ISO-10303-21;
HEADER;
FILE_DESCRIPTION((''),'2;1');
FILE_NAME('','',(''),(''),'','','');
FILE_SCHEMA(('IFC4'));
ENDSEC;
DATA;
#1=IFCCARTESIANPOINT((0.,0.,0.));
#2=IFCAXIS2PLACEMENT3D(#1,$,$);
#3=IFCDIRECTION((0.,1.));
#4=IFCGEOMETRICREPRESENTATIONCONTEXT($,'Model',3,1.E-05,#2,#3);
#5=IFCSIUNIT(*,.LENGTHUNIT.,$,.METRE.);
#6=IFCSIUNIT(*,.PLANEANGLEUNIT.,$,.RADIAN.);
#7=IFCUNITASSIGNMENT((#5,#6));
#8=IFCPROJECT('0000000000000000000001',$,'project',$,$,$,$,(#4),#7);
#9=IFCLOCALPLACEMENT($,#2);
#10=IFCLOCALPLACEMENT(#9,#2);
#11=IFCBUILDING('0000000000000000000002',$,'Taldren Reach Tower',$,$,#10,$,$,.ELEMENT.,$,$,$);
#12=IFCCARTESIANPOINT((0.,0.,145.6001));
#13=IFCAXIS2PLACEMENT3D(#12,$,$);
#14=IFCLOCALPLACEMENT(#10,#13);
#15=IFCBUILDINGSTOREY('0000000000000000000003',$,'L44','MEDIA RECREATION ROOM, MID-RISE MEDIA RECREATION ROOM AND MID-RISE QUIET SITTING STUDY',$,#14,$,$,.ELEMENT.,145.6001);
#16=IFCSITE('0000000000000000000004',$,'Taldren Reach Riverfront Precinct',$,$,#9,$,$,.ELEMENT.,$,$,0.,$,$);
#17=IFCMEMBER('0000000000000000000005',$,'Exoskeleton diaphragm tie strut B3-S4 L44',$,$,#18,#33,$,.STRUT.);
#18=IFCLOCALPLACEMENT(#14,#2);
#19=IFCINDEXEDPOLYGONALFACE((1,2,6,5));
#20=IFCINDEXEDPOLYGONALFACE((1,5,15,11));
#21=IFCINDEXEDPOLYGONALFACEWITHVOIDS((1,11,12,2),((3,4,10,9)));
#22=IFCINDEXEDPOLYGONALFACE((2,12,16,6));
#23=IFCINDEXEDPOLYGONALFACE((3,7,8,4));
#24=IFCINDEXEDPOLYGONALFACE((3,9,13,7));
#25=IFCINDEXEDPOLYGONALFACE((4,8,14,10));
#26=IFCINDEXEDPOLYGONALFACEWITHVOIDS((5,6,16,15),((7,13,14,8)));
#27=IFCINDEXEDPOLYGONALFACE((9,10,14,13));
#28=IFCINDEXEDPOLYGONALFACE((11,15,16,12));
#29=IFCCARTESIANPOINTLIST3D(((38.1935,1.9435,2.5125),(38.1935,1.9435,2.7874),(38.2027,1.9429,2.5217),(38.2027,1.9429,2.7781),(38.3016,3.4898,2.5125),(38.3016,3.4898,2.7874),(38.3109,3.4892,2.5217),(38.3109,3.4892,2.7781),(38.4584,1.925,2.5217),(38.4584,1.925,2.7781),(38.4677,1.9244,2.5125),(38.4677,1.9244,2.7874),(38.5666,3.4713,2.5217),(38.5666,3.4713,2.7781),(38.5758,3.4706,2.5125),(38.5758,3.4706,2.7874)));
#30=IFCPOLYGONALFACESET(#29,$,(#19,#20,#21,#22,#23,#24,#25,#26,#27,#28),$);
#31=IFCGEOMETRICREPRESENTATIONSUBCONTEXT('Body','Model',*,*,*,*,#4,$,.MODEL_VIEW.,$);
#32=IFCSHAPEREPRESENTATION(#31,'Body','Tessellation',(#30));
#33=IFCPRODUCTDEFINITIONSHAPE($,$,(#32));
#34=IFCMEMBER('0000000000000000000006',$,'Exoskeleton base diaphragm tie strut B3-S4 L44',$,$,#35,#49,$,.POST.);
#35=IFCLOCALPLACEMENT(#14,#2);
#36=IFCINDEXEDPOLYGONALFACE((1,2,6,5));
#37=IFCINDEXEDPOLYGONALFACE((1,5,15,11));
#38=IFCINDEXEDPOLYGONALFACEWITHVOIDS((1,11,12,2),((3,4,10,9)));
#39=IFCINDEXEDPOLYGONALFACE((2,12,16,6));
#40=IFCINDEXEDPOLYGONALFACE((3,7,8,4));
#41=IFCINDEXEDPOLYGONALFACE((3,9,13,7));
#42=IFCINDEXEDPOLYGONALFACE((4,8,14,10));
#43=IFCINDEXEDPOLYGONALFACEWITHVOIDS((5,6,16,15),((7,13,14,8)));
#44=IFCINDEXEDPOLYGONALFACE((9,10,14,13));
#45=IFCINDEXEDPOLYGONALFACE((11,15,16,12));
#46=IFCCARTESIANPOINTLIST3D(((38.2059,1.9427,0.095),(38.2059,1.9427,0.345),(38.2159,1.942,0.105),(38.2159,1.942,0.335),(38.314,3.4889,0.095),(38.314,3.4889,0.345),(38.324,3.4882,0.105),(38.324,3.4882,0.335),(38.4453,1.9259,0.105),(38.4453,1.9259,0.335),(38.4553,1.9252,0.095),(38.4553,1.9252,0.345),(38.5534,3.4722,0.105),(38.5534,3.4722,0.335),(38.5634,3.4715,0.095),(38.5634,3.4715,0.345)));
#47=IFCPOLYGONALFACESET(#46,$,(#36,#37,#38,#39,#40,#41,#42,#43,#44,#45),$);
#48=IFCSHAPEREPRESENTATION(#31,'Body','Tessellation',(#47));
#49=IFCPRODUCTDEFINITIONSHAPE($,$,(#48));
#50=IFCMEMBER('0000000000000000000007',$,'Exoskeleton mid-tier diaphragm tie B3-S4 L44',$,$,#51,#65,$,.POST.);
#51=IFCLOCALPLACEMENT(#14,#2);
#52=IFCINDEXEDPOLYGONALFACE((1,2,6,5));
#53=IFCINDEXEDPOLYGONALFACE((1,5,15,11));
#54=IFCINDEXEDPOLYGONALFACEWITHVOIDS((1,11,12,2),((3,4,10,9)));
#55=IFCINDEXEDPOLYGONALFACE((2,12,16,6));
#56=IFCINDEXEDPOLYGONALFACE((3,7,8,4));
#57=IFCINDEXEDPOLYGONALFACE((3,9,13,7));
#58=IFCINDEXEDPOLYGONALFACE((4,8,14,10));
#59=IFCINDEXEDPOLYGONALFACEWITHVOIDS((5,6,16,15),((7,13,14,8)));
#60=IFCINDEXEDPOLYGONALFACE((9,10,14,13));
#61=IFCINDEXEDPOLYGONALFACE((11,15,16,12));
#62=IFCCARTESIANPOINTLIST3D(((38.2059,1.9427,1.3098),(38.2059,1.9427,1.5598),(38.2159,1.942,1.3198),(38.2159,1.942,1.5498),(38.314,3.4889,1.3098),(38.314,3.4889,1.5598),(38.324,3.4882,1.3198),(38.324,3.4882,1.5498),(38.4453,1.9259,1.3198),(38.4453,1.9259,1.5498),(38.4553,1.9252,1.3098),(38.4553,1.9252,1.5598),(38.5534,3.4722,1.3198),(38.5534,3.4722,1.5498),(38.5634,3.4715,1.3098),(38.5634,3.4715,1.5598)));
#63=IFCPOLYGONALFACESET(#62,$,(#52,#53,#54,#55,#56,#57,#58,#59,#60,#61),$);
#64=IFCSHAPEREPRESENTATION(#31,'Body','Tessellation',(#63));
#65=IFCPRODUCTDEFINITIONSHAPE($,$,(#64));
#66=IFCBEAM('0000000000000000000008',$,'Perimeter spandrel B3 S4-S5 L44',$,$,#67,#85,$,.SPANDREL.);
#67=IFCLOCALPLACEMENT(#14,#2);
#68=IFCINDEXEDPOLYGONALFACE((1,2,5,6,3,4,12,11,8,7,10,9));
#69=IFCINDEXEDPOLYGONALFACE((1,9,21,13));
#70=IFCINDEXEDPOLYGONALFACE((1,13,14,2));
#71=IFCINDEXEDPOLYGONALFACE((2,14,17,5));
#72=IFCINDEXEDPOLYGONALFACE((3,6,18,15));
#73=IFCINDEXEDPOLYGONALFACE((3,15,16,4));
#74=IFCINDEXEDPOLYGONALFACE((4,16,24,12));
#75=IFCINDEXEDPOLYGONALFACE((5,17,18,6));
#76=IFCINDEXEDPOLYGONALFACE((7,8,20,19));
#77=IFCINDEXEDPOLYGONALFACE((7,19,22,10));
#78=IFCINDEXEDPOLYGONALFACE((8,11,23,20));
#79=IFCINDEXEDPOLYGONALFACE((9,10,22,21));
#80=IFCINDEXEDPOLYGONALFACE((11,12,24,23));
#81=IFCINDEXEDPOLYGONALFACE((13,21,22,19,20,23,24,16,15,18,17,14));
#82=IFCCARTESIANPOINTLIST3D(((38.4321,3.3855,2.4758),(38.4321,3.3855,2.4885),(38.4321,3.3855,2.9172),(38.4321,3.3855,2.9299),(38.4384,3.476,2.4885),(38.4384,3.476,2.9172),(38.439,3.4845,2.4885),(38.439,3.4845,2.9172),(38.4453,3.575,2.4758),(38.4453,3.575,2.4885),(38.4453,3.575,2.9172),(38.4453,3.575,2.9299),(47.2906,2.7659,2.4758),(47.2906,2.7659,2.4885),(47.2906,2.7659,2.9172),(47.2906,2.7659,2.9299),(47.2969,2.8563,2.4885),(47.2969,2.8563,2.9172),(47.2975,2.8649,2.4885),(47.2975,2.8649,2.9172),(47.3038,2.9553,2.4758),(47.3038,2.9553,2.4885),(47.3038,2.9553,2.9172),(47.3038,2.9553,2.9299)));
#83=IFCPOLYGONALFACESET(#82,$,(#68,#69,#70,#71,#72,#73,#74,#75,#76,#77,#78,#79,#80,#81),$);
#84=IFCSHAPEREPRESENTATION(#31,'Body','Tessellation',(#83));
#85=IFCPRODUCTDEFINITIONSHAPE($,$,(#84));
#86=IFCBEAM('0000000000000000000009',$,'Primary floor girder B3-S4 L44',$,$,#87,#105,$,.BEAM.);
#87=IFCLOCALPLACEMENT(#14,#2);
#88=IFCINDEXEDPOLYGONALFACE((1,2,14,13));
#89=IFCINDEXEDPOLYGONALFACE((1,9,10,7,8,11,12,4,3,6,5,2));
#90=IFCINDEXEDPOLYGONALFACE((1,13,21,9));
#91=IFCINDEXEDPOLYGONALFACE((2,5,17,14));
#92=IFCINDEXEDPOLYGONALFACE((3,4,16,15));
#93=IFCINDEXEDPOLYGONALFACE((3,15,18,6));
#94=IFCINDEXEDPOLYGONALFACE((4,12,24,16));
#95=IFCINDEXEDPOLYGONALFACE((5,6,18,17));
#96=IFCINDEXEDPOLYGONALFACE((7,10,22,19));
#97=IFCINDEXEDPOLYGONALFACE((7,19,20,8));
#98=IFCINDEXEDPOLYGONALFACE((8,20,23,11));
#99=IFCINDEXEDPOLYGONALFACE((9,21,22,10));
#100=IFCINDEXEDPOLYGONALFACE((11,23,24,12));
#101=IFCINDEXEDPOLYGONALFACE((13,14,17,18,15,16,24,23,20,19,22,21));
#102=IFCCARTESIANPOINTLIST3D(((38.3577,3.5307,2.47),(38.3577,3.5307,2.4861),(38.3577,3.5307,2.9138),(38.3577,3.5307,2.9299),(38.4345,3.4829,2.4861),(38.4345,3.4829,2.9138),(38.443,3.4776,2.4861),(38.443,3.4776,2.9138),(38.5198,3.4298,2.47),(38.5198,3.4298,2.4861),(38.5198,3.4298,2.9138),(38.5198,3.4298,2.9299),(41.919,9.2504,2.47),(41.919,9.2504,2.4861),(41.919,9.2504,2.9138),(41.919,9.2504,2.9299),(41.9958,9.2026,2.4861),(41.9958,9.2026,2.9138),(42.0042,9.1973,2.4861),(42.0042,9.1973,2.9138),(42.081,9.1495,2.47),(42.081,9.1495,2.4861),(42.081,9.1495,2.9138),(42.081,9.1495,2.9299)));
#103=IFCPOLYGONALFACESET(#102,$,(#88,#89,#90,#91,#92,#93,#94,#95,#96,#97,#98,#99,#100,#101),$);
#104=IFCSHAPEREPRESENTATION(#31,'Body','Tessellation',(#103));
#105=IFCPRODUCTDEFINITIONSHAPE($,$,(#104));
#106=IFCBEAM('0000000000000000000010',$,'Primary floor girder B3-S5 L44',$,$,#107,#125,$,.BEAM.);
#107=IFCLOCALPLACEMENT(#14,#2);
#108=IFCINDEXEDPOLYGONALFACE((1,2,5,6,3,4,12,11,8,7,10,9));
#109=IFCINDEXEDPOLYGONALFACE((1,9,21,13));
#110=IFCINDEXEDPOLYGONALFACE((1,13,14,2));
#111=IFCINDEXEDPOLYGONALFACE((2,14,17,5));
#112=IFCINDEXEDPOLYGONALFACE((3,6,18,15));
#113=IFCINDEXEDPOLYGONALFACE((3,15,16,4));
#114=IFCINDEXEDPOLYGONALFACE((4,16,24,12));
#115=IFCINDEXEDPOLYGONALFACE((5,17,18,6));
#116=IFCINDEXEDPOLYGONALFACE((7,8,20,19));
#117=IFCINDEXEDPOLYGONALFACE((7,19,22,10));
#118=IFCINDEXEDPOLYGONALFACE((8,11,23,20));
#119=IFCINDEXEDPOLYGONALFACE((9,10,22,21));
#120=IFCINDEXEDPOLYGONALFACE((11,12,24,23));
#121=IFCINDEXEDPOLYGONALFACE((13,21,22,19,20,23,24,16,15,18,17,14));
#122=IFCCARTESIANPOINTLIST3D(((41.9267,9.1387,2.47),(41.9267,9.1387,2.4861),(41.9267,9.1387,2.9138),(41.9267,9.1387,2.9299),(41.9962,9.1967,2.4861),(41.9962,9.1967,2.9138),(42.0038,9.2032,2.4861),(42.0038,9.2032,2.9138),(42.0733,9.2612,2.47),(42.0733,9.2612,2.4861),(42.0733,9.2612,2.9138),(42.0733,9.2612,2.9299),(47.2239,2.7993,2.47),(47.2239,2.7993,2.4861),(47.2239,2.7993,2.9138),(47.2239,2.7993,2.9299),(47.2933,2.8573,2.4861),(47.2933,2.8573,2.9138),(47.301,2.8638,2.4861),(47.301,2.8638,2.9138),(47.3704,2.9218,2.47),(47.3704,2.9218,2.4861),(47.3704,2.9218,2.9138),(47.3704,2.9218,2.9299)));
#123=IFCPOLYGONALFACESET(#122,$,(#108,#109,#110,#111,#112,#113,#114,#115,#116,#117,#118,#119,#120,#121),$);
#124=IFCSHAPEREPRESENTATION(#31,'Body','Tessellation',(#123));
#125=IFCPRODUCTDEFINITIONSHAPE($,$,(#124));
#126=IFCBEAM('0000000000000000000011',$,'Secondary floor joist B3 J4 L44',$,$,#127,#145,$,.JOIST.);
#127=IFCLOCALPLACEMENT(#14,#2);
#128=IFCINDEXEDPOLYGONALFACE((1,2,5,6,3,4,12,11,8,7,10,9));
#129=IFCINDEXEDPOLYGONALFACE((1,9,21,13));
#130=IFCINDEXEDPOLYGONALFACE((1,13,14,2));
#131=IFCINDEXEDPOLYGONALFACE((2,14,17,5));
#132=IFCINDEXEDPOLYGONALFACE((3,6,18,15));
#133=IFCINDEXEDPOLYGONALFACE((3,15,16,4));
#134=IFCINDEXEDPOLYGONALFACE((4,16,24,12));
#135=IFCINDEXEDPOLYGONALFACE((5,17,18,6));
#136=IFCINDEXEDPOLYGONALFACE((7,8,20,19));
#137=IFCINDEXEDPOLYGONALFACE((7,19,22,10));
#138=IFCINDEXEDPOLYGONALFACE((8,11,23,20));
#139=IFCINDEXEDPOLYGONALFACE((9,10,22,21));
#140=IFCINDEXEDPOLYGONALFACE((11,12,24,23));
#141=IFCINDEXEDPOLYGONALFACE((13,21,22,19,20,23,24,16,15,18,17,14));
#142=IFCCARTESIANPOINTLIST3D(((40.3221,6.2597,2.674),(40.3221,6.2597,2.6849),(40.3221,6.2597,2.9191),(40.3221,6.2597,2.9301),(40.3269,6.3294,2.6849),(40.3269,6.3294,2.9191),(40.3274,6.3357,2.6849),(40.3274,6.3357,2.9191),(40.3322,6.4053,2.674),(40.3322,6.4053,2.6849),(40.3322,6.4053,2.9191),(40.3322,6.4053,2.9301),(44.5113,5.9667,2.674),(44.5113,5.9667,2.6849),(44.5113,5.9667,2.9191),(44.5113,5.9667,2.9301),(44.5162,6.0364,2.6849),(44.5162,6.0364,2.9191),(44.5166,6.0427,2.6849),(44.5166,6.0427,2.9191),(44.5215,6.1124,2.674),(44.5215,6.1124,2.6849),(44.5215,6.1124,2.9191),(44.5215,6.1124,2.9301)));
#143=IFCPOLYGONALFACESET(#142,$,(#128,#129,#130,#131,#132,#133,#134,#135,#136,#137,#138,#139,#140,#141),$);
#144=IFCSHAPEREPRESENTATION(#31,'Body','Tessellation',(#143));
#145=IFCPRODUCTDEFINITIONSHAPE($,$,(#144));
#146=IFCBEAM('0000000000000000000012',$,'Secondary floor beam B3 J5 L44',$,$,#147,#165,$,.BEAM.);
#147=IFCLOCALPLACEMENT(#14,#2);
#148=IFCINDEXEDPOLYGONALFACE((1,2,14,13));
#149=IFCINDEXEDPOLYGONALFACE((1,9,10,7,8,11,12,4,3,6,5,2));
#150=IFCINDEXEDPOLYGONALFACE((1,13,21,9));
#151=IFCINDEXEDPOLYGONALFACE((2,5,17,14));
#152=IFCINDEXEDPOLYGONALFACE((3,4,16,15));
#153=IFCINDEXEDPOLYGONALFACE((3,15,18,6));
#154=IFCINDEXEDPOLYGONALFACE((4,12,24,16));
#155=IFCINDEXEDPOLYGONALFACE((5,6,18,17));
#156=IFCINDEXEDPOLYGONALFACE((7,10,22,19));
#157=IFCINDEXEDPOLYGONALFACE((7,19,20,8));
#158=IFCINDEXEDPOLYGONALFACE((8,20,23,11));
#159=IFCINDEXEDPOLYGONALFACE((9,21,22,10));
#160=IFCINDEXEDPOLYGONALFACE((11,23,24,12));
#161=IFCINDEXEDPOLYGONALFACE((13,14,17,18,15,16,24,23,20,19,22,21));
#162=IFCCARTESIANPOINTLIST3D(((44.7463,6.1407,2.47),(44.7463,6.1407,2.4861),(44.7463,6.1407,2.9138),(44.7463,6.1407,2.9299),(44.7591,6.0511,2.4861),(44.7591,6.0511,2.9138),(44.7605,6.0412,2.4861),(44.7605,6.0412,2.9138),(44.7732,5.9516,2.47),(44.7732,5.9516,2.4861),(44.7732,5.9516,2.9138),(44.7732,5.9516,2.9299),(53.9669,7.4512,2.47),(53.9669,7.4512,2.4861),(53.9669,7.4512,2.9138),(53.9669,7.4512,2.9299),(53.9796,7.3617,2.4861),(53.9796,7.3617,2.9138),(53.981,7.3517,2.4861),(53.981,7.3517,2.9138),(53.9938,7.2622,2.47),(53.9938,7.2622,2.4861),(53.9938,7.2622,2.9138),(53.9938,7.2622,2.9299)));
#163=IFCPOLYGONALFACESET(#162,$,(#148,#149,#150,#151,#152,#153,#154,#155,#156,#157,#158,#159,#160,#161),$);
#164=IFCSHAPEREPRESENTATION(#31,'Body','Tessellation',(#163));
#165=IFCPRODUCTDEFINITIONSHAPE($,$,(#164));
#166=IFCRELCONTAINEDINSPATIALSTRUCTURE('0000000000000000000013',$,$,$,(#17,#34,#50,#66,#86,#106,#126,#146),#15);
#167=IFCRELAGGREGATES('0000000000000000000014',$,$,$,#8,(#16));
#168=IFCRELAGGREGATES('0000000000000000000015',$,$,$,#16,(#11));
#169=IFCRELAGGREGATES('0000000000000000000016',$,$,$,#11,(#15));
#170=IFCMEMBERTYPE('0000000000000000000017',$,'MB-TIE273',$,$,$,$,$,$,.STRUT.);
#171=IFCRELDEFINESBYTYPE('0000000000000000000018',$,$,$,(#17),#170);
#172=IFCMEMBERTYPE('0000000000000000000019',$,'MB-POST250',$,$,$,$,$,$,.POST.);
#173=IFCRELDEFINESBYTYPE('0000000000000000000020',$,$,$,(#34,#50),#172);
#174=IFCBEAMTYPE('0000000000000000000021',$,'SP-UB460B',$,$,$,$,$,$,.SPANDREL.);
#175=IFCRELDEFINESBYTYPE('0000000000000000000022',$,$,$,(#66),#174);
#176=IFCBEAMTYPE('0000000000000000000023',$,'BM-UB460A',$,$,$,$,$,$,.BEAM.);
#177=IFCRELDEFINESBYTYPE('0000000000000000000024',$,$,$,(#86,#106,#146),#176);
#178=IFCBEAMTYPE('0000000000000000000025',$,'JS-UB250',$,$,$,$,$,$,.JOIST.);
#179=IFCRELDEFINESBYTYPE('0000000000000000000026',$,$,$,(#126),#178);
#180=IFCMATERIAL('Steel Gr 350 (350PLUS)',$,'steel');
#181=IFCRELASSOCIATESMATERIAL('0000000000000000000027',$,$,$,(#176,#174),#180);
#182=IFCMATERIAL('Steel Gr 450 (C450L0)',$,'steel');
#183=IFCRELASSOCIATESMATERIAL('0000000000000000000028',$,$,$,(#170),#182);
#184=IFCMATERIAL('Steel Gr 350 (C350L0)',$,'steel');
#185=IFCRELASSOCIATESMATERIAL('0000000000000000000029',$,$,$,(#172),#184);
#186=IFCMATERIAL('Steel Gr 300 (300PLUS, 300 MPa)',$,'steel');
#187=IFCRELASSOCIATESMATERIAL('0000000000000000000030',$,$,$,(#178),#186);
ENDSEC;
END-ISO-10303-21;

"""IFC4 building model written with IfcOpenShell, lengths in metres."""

from ifc_helpers import new_model, si_unit, direction, frame, origin, origin_2d, place, context, subcontext, project, spatial, hollow_rectangle, i_section, extrude, source, transform, mapped, material, material_profile, profile_set, type_object, element, save


model = new_model("IFC4")

# Units and contexts
model_context = context("Model", 3, precision=1e-05, world=origin(), true_north=direction((0.0, 1.0)))
body_context = subcontext(model_context, "Body", "Model", "MODEL_VIEW")
ifc_project = project(units=[si_unit("LENGTHUNIT", "METRE"), si_unit("PLANEANGLEUNIT", "RADIAN")], contexts=[model_context])

# Site, building, storey
site_placement = place(None, origin())
site = spatial("IfcSite", under=ifc_project, at=site_placement, Name="Taldren Reach Riverfront Precinct", CompositionType="ELEMENT", RefElevation=0.0)
building_placement = place(site_placement, origin())
building = spatial("IfcBuilding", under=site, at=building_placement, Name="Taldren Reach Tower", CompositionType="ELEMENT")
storey_placement = place(building_placement, frame((0.0, 0.0, 145.6001)))
storey = spatial("IfcBuildingStorey", under=building, at=storey_placement, Name="L44", Description="MEDIA RECREATION ROOM, MID-RISE MEDIA RECREATION ROOM AND MID-RISE QUIET SITTING STUDY", CompositionType="ELEMENT", Elevation=145.6001)

# Shared definitions
ifc_material_1 = material(Name="Steel Gr 350 (350PLUS)", Category="steel")
ifc_material_2 = material(Name="Steel Gr 450 (C450L0)", Category="steel")

# Shared definitions
ifc_material_profile_1 = material_profile(ifc_material_1, i_section(OverallWidth=0.1909, OverallDepth=0.46, WebThickness=0.01, FlangeThickness=0.0161, at=origin_2d()), Name="460UB82.1")
ifc_profile_set_1 = profile_set([ifc_material_profile_1], Name="Steel Gr 350 (350PLUS)")
beam_type_1 = type_object("IfcBeamType", Name="BM-UB460A", PredefinedType="BEAM", material=ifc_profile_set_1)

# Members
ifc_material_profile_2 = material_profile(ifc_material_2, hollow_rectangle(XDim=0.2749, YDim=0.2749, WallThickness=0.0093, at=origin_2d()), Name="275x275x9.3SHS")
ifc_profile_set_2 = profile_set([ifc_material_profile_2], Name="Steel Gr 450 (C450L0)")
member_type_1 = type_object("IfcMemberType", Name="MB-TIE273", PredefinedType="STRUT", material=ifc_profile_set_2)
shared_shape_1 = source(origin(), body_context, "Body", "SweptSolid", [
    extrude(hollow_rectangle(XDim=0.2749, YDim=0.2749, WallThickness=0.0093, at=origin_2d()), origin(), (0.0, 0.0, 1.0), 1.55),
])
member_placement = place(storey_placement, frame((38.4387, 3.4802, 2.6499), z_axis=(-0.06977, -0.997563, 0.0), x_axis=(0.997563, -0.06977, 0.0)))
element("IfcMember", 1, at=member_placement, inside=storey, type_object=member_type_1, Name="Exoskeleton diaphragm tie strut B3-S4 L44", PredefinedType="STRUT", context=body_context, shape_type="MappedRepresentation", body=[
    mapped(shared_shape_1, transform((0.0, 0.0, 0.0), scale=1.0)),
])
ifc_material_3 = material(Name="Steel Gr 350 (C350L0)", Category="steel")
ifc_material_profile_3 = material_profile(ifc_material_3, hollow_rectangle(XDim=0.25, YDim=0.25, WallThickness=0.01, at=origin_2d()), Name="250x250x10.0SHS")
ifc_profile_set_3 = profile_set([ifc_material_profile_3], Name="Steel Gr 350 (C350L0)")
member_type_2 = type_object("IfcMemberType", Name="MB-POST250", PredefinedType="POST", material=ifc_profile_set_3)
shared_shape_2 = source(origin(), body_context, "Body", "SweptSolid", [
    extrude(hollow_rectangle(XDim=0.25, YDim=0.25, WallThickness=0.01, at=origin_2d()), origin(), (0.0, 0.0, 1.0), 1.55),
])
for number, where, z_axis, x_axis, name in (
    (2, (38.4387, 3.4802, 0.22), (-0.06977, -0.997563, 0.0), (0.997563, -0.06977, 0.0), "Exoskeleton base diaphragm tie strut B3-S4 L44"),
    (3, (38.4387, 3.4802, 1.4348), (-0.06977, -0.997563, 0.0), (0.997563, -0.06977, 0.0), "Exoskeleton mid-tier diaphragm tie B3-S4 L44"),
):
    element("IfcMember", number, at=place(storey_placement, frame(where, z_axis=z_axis, x_axis=x_axis)), inside=storey, type_object=member_type_2, Name=name, PredefinedType="POST", context=body_context, shape_type="MappedRepresentation", body=[
        mapped(shared_shape_2, transform((0.0, 0.0, 0.0), scale=1.0)),
    ])

# Beams
ifc_material_profile_4 = material_profile(ifc_material_1, i_section(OverallWidth=0.1899, OverallDepth=0.4541, WebThickness=0.0085, FlangeThickness=0.0127, at=origin_2d()), Name="460UB67.1")
ifc_profile_set_4 = profile_set([ifc_material_profile_4], Name="Steel Gr 350 (350PLUS)")
beam_type_2 = type_object("IfcBeamType", Name="SP-UB460B", PredefinedType="SPANDREL", material=ifc_profile_set_4)
shared_shape_3 = source(origin(), body_context, "Body", "SweptSolid", [
    extrude(i_section(OverallWidth=0.1899, OverallDepth=0.4541, WebThickness=0.0085, FlangeThickness=0.0127, at=origin_2d()), origin(), (0.0, 0.0, 1.0), 8.8801),
])
beam_1_placement = place(storey_placement, frame((38.4387, 3.4802, 2.7029), z_axis=(0.997563, -0.069778, 0.0), x_axis=(0.069778, 0.997563, 0.0)))
element("IfcBeam", 4, at=beam_1_placement, inside=storey, type_object=beam_type_2, Name="Perimeter spandrel B3 S4-S5 L44", PredefinedType="SPANDREL", context=body_context, shape_type="MappedRepresentation", body=[
    mapped(shared_shape_3, transform((0.0, 0.0, 0.0), scale=1.0)),
])
shared_shape_4 = source(origin(), body_context, "Body", "SweptSolid", [
    extrude(i_section(OverallWidth=0.1909, OverallDepth=0.46, WebThickness=0.01, FlangeThickness=0.0161, at=origin_2d()), origin(), (0.0, 0.0, 1.0), 6.7378),
])
beam_2_placement = place(storey_placement, frame((42.0, 9.2, 2.7), z_axis=(-0.528552, -0.848901, 0.0), x_axis=(0.848901, -0.528552, 0.0)))
element("IfcBeam", 5, at=beam_2_placement, inside=storey, type_object=beam_type_1, Name="Primary floor girder B3-S4 L44", PredefinedType="BEAM", context=body_context, shape_type="MappedRepresentation", body=[
    mapped(shared_shape_4, transform((0.0, 0.0, 0.0), scale=1.0)),
])
shared_shape_5 = source(origin(), body_context, "Body", "SweptSolid", [
    extrude(i_section(OverallWidth=0.1909, OverallDepth=0.46, WebThickness=0.01, FlangeThickness=0.0161, at=origin_2d()), origin(), (0.0, 0.0, 1.0), 8.2612),
])
beam_3_placement = place(storey_placement, frame((42.0, 9.2, 2.7), z_axis=(0.641207, -0.767368, 0.0), x_axis=(0.767368, 0.641207, 0.0)))
element("IfcBeam", 6, at=beam_3_placement, inside=storey, type_object=beam_type_1, Name="Primary floor girder B3-S5 L44", PredefinedType="BEAM", context=body_context, shape_type="MappedRepresentation", body=[
    mapped(shared_shape_5, transform((0.0, 0.0, 0.0), scale=1.0)),
])
ifc_material_4 = material(Name="Steel Gr 300 (300PLUS, 300 MPa)", Category="steel")
ifc_material_profile_5 = material_profile(ifc_material_4, i_section(OverallWidth=0.146, OverallDepth=0.2561, WebThickness=0.0063, FlangeThickness=0.011, at=origin_2d()), Name="250UB37.3")
ifc_profile_set_5 = profile_set([ifc_material_profile_5], Name="Steel Gr 300 (300PLUS, 300 MPa)")
beam_type_3 = type_object("IfcBeamType", Name="JS-UB250", PredefinedType="JOIST", material=ifc_profile_set_5)
shared_shape_6 = source(origin(), body_context, "Body", "SweptSolid", [
    extrude(i_section(OverallWidth=0.146, OverallDepth=0.2561, WebThickness=0.0063, FlangeThickness=0.011, at=origin_2d()), origin(), (0.0, 0.0, 1.0), 4.1995),
])
beam_4_placement = place(storey_placement, frame((40.3271, 6.3325, 2.802), z_axis=(0.997564, -0.069764, 0.0), x_axis=(0.069764, 0.997564, 0.0)))
element("IfcBeam", 7, at=beam_4_placement, inside=storey, type_object=beam_type_3, Name="Secondary floor joist B3 J4 L44", PredefinedType="JOIST", context=body_context, shape_type="MappedRepresentation", body=[
    mapped(shared_shape_6, transform((0.0, 0.0, 0.0), scale=1.0)),
])
shared_shape_7 = source(origin(), body_context, "Body", "SweptSolid", [
    extrude(i_section(OverallWidth=0.1909, OverallDepth=0.46, WebThickness=0.01, FlangeThickness=0.0161, at=origin_2d()), origin(), (0.0, 0.0, 1.0), 9.3132),
])
beam_5_placement = place(storey_placement, frame((44.7598, 6.0461, 2.7), z_axis=(0.990049, 0.14072, 0.0), x_axis=(-0.14072, 0.990049, 0.0)))
element("IfcBeam", 8, at=beam_5_placement, inside=storey, type_object=beam_type_1, Name="Secondary floor beam B3 J5 L44", PredefinedType="BEAM", context=body_context, shape_type="MappedRepresentation", body=[
    mapped(shared_shape_7, transform((0.0, 0.0, 0.0), scale=1.0)),
])

save(model, "model.ifc")
